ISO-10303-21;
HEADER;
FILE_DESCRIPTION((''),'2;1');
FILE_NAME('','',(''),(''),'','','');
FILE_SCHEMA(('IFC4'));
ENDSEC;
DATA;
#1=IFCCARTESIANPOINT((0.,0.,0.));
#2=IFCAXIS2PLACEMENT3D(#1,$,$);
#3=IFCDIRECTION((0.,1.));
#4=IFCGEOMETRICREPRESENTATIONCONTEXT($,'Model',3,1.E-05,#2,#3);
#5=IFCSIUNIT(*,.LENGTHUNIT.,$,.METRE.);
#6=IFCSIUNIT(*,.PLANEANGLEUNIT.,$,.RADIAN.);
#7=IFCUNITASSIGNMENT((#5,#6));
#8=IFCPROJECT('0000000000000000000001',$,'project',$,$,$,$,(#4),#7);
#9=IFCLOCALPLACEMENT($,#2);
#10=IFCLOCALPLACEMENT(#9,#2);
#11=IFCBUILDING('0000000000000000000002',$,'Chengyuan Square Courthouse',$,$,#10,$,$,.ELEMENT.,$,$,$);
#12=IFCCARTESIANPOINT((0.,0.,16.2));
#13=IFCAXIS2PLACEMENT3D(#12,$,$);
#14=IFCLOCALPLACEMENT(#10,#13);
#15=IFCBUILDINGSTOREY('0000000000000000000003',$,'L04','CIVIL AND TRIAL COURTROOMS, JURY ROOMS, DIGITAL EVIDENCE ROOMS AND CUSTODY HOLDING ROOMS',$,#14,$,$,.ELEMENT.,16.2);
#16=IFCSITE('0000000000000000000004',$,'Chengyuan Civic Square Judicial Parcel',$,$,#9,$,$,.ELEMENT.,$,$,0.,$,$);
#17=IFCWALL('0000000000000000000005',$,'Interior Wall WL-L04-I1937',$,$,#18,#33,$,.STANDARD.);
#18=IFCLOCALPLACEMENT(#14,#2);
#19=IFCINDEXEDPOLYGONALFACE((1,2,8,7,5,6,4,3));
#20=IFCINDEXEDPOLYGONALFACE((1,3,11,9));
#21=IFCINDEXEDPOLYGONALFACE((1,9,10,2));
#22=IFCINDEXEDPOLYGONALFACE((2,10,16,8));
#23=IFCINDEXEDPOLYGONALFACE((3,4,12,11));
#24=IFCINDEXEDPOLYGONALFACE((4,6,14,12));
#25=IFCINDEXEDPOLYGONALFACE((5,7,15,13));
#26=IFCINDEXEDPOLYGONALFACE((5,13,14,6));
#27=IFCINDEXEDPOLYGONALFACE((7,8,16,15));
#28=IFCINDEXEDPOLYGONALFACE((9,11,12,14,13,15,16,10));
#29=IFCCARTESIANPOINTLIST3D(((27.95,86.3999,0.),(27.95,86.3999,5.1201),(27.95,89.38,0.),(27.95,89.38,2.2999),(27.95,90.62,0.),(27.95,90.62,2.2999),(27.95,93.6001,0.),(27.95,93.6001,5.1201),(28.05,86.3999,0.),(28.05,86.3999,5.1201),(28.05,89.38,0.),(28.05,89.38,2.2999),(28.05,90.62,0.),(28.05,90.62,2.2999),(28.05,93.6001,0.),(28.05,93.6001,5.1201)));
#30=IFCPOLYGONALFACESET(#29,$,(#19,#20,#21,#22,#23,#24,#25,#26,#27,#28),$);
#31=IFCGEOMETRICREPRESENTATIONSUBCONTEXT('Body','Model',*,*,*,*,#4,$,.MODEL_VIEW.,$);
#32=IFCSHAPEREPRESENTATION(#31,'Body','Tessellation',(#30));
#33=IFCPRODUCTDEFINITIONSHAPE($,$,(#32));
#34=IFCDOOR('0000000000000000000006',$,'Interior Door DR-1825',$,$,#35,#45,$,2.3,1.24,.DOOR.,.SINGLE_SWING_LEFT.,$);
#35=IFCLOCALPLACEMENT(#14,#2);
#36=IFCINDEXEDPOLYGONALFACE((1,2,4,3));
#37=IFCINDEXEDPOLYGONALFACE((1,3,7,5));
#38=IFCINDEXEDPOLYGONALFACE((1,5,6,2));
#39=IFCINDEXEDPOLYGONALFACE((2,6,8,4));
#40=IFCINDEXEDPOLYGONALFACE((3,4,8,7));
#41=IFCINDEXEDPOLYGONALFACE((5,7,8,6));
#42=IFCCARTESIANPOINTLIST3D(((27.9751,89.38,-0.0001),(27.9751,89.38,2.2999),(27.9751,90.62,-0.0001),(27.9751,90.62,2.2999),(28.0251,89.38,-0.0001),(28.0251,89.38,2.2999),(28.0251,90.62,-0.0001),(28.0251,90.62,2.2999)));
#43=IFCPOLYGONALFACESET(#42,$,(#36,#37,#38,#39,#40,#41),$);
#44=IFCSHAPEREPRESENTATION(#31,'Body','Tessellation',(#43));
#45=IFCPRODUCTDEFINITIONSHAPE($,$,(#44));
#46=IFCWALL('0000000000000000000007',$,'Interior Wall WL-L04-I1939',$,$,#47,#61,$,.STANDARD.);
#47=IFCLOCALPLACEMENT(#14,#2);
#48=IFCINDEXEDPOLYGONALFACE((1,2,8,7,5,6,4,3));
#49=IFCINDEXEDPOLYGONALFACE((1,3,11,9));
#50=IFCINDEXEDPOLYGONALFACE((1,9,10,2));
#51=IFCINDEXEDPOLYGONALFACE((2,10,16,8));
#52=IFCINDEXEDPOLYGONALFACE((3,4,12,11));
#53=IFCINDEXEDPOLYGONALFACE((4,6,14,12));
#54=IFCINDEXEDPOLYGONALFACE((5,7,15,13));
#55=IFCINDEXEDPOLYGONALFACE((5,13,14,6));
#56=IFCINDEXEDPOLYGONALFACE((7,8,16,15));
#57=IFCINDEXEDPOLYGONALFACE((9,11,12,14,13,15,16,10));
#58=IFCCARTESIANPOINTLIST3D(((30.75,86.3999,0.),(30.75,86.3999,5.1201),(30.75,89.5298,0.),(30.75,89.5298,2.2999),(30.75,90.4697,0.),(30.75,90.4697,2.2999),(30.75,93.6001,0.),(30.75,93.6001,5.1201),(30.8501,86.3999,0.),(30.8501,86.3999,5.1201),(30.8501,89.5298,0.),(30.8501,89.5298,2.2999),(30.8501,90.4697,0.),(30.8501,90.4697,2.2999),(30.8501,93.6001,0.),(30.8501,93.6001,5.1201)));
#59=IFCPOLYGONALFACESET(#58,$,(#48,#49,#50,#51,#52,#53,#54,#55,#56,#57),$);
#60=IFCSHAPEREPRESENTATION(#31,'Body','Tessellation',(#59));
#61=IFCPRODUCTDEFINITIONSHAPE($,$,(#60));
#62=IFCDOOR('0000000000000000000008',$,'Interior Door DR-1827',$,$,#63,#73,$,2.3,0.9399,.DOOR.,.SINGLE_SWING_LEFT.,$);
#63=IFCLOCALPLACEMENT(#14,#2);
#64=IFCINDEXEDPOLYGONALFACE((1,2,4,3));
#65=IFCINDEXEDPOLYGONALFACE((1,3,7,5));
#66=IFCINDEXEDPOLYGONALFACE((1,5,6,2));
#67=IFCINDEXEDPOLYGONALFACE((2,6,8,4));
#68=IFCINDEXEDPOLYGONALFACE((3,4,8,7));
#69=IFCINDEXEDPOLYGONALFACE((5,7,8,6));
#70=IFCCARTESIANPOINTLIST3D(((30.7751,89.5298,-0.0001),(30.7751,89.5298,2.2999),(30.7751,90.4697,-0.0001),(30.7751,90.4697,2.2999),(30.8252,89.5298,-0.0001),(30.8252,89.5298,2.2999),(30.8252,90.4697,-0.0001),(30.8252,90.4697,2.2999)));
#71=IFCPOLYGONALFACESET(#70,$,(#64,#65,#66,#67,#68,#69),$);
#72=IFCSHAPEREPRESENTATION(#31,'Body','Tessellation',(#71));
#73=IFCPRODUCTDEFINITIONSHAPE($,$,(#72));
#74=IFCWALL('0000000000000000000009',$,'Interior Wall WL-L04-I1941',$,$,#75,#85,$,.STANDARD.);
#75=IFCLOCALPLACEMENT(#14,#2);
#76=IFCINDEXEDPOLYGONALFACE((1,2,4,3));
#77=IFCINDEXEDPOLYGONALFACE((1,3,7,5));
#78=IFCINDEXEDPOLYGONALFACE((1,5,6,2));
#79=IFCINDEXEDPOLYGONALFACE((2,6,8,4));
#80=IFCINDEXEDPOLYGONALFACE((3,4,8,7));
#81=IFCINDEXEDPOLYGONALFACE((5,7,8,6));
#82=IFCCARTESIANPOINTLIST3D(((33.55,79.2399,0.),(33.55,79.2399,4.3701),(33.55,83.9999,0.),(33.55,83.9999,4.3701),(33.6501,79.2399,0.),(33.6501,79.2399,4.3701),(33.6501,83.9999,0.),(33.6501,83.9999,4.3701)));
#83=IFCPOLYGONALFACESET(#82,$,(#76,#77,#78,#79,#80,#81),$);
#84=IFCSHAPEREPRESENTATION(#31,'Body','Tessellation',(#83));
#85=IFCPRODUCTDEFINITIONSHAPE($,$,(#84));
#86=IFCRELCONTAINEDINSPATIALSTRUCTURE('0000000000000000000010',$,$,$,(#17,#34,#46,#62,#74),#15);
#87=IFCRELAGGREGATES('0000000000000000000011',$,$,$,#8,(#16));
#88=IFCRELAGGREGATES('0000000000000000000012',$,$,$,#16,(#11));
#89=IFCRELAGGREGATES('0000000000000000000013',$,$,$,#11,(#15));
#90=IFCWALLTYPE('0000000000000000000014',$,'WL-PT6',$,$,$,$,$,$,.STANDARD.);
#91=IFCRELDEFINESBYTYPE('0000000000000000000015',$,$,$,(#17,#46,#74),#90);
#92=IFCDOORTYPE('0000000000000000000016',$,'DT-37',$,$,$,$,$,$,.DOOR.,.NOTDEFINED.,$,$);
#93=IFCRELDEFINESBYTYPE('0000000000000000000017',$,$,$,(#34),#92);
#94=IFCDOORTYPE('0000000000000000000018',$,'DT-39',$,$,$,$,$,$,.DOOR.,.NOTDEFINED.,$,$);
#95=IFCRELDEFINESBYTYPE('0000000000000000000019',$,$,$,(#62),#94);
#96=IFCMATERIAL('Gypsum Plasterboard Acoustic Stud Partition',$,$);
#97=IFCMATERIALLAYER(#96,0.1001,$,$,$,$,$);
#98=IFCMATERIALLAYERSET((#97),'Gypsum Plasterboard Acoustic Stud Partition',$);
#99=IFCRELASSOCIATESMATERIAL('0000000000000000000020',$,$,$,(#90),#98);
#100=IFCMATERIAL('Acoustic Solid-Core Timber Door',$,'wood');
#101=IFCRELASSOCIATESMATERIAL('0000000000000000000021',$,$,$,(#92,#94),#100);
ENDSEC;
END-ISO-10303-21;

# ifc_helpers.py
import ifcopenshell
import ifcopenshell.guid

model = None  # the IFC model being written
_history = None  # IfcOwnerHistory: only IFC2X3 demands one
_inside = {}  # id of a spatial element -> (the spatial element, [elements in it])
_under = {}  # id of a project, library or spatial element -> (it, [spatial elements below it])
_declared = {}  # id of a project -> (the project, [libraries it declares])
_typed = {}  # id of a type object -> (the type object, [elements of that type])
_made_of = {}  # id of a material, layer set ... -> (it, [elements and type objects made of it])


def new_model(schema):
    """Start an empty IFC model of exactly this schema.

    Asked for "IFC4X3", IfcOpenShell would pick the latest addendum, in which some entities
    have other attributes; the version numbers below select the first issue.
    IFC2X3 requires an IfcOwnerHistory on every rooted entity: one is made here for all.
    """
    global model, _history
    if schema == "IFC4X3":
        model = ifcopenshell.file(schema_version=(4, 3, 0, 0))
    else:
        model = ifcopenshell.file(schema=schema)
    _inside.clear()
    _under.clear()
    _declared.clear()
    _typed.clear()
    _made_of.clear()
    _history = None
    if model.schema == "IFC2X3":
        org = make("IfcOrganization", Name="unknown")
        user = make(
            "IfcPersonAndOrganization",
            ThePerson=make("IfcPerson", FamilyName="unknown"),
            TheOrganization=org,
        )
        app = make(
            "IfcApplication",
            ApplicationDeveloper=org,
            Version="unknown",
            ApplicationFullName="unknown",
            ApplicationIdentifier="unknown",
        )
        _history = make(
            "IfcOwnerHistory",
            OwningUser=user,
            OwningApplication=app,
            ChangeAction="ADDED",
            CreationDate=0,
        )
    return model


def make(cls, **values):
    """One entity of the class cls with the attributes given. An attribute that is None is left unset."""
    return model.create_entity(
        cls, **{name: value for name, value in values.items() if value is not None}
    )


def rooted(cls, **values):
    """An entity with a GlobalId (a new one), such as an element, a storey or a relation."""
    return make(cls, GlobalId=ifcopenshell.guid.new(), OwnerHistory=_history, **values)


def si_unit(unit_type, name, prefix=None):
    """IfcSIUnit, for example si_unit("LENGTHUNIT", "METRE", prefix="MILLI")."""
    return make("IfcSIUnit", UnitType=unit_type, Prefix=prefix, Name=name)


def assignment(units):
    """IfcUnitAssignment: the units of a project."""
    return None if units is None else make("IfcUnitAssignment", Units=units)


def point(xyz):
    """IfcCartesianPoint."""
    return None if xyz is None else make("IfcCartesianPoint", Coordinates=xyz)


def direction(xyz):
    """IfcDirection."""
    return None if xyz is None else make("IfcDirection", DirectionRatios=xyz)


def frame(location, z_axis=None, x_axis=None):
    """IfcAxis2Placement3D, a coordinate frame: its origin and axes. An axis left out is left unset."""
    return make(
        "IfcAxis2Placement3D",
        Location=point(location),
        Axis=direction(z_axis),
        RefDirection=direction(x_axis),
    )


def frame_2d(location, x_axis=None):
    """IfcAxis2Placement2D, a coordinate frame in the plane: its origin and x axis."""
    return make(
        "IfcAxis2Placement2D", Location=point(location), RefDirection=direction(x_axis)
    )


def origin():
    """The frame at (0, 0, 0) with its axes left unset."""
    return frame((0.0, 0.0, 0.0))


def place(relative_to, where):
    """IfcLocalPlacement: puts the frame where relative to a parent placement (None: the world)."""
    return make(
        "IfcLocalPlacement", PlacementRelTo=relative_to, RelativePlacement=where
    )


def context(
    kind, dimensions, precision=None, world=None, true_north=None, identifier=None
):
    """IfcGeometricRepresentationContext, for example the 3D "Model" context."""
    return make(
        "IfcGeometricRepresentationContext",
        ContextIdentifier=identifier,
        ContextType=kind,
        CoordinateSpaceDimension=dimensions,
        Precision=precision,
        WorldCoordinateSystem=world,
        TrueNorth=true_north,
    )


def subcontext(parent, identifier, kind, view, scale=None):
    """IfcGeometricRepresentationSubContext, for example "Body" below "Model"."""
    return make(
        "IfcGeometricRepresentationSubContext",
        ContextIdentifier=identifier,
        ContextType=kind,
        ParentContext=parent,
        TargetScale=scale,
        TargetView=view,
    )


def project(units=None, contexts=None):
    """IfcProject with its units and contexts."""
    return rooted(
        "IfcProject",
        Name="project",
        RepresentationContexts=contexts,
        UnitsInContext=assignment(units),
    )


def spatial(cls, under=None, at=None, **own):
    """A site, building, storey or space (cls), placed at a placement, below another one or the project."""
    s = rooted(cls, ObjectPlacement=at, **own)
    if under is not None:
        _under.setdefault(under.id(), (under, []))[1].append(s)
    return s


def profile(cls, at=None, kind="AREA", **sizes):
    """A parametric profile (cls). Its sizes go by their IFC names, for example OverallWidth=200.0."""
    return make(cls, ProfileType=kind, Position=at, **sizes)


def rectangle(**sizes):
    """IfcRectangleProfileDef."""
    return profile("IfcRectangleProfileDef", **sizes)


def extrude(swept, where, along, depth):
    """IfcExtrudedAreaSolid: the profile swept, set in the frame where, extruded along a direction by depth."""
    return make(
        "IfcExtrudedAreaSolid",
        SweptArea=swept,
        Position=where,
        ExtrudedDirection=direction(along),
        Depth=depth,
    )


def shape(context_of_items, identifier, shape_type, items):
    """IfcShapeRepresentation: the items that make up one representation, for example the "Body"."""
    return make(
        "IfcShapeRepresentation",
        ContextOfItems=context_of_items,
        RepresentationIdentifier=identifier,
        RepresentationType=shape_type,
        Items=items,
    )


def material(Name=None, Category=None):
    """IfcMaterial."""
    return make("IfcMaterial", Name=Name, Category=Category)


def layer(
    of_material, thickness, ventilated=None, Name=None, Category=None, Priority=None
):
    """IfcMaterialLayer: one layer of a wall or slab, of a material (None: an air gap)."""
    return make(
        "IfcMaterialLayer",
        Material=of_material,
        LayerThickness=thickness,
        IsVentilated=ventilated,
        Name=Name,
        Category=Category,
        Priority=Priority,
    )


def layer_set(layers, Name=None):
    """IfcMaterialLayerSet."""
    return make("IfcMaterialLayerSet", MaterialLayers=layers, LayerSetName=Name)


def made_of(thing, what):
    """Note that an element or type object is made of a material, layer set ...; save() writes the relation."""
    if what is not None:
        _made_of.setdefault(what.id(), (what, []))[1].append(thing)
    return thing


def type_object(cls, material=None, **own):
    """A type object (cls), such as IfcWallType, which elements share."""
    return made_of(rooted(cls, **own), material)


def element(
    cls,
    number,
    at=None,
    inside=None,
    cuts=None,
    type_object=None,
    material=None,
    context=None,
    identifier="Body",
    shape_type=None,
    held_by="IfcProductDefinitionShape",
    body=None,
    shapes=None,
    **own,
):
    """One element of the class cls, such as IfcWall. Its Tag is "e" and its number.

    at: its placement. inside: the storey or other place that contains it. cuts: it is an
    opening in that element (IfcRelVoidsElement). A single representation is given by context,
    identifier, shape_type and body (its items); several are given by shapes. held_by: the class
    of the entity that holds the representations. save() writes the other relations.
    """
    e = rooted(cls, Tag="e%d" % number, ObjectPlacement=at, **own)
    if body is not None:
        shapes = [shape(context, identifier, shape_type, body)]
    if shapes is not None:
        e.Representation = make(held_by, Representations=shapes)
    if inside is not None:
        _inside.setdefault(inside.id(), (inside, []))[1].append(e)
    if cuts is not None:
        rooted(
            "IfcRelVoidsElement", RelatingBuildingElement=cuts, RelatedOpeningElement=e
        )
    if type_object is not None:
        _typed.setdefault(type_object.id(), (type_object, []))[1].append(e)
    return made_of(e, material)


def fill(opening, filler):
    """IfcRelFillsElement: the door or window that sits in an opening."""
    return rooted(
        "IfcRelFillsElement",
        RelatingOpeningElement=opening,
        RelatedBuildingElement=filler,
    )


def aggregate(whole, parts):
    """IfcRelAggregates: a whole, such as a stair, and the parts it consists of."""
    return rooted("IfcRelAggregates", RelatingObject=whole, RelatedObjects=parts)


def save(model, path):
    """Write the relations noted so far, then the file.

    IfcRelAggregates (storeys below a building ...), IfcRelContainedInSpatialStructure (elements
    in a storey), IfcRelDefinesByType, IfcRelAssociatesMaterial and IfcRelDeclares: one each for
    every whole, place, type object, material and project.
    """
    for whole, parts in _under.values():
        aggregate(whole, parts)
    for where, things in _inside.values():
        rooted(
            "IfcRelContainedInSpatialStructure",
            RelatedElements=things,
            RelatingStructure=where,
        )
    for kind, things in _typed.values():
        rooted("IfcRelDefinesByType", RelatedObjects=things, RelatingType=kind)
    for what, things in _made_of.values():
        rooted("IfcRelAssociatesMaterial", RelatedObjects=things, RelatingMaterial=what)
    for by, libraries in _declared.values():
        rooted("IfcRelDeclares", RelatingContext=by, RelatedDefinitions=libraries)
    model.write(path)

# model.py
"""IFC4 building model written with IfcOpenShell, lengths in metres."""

from ifc_helpers import new_model, si_unit, direction, frame, frame_2d, origin, place, context, subcontext, project, spatial, rectangle, extrude, material, layer, layer_set, type_object, element, fill, save


model = new_model("IFC4")

# Units and contexts
model_context = context("Model", 3, precision=1e-05, world=origin(), true_north=direction((0.0, 1.0)))
body_context = subcontext(model_context, "Body", "Model", "MODEL_VIEW")
ifc_project = project(units=[si_unit("LENGTHUNIT", "METRE"), si_unit("PLANEANGLEUNIT", "RADIAN")], contexts=[model_context])

# Site, building, storey
site_placement = place(None, origin())
site = spatial("IfcSite", under=ifc_project, at=site_placement, Name="Chengyuan Civic Square Judicial Parcel", CompositionType="ELEMENT", RefElevation=0.0)
building_placement = place(site_placement, origin())
building = spatial("IfcBuilding", under=site, at=building_placement, Name="Chengyuan Square Courthouse", CompositionType="ELEMENT")
storey_placement = place(building_placement, frame((0.0, 0.0, 16.2)))
storey = spatial("IfcBuildingStorey", under=building, at=storey_placement, Name="L04", Description="CIVIL AND TRIAL COURTROOMS, JURY ROOMS, DIGITAL EVIDENCE ROOMS AND CUSTODY HOLDING ROOMS", CompositionType="ELEMENT", Elevation=16.2)

# Shared definitions
ifc_material_1 = material(Name="Gypsum Plasterboard Acoustic Stud Partition")
ifc_layer_1 = layer(ifc_material_1, 0.1001)
ifc_layer_set_1 = layer_set([ifc_layer_1], Name="Gypsum Plasterboard Acoustic Stud Partition")
wall_type_1 = type_object("IfcWallType", Name="WL-PT6", PredefinedType="STANDARD", material=ifc_layer_set_1)
ifc_material_2 = material(Name="Acoustic Solid-Core Timber Door", Category="wood")

# Walls, openings, doors
wall_1_placement = place(storey_placement, frame((28.0, 86.3999, 0.0), z_axis=(0.0, 0.0, 1.0), x_axis=(0.0, 1.0, 0.0)))
wall_1 = element("IfcWall", 1, at=wall_1_placement, inside=storey, type_object=wall_type_1, Name="Interior Wall WL-L04-I1937", PredefinedType="STANDARD", context=body_context, shape_type="SweptSolid", body=[
    extrude(rectangle(XDim=7.2002, YDim=0.1001, at=frame_2d((3.6001, 0.0))), origin(), (0.0, 0.0, 1.0), 5.1201),
])
opening_1_placement = place(wall_1_placement, frame((2.98, 0.0, 0.0)))
opening_1 = element("IfcOpeningElement", 2, at=opening_1_placement, cuts=wall_1, PredefinedType="OPENING", context=body_context, shape_type="SweptSolid", body=[
    extrude(rectangle(XDim=1.24, YDim=2.3, at=frame_2d((0.6201, 1.1499))), frame((0.0, 0.062, 0.0), z_axis=(0.0, -1.0, 0.0), x_axis=(1.0, 0.0, 0.0)), (0.0, 0.0, 1.0), 0.124),
])
door_type_1 = type_object("IfcDoorType", Name="DT-37", OperationType="NOTDEFINED", PredefinedType="DOOR", material=ifc_material_2)
door_1_placement = place(opening_1_placement, origin())
door_1 = element("IfcDoor", 3, at=door_1_placement, inside=storey, type_object=door_type_1, Name="Interior Door DR-1825", OperationType="SINGLE_SWING_LEFT", OverallHeight=2.3, OverallWidth=1.24, PredefinedType="DOOR", context=body_context, shape_type="SweptSolid", body=[
    extrude(rectangle(XDim=1.24, YDim=2.3, at=frame_2d((0.6201, 1.1499))), frame((0.0, 0.0249, 0.0), z_axis=(0.0, -1.0, 0.0), x_axis=(1.0, 0.0, 0.0)), (0.0, 0.0, 1.0), 0.05),
])
fill(opening_1, door_1)
wall_2_placement = place(storey_placement, frame((30.8, 86.3999, 0.0), z_axis=(0.0, 0.0, 1.0), x_axis=(0.0, 1.0, 0.0)))
wall_2 = element("IfcWall", 4, at=wall_2_placement, inside=storey, type_object=wall_type_1, Name="Interior Wall WL-L04-I1939", PredefinedType="STANDARD", context=body_context, shape_type="SweptSolid", body=[
    extrude(rectangle(XDim=7.2002, YDim=0.1001, at=frame_2d((3.6001, 0.0))), origin(), (0.0, 0.0, 1.0), 5.1201),
])
opening_2_placement = place(wall_2_placement, frame((3.1299, 0.0, 0.0)))
opening_2 = element("IfcOpeningElement", 5, at=opening_2_placement, cuts=wall_2, PredefinedType="OPENING", context=body_context, shape_type="SweptSolid", body=[
    extrude(rectangle(XDim=0.9399, YDim=2.3, at=frame_2d((0.47, 1.1499))), frame((0.0, 0.062, 0.0), z_axis=(0.0, -1.0, 0.0), x_axis=(1.0, 0.0, 0.0)), (0.0, 0.0, 1.0), 0.124),
])
door_type_2 = type_object("IfcDoorType", Name="DT-39", OperationType="NOTDEFINED", PredefinedType="DOOR", material=ifc_material_2)
door_2_placement = place(opening_2_placement, origin())
door_2 = element("IfcDoor", 6, at=door_2_placement, inside=storey, type_object=door_type_2, Name="Interior Door DR-1827", OperationType="SINGLE_SWING_LEFT", OverallHeight=2.3, OverallWidth=0.9399, PredefinedType="DOOR", context=body_context, shape_type="SweptSolid", body=[
    extrude(rectangle(XDim=0.9399, YDim=2.3, at=frame_2d((0.47, 1.1499))), frame((0.0, 0.0249, 0.0), z_axis=(0.0, -1.0, 0.0), x_axis=(1.0, 0.0, 0.0)), (0.0, 0.0, 1.0), 0.05),
])
fill(opening_2, door_2)

# Wall
wall_3_placement = place(storey_placement, frame((33.6001, 79.24, 0.0), z_axis=(0.0, 0.0, 1.0), x_axis=(0.0, 1.0, 0.0)))
element("IfcWall", 7, at=wall_3_placement, inside=storey, type_object=wall_type_1, Name="Interior Wall WL-L04-I1941", PredefinedType="STANDARD", context=body_context, shape_type="SweptSolid", body=[
    extrude(rectangle(XDim=4.76, YDim=0.1001, at=frame_2d((2.3799, 0.0))), origin(), (0.0, 0.0, 1.0), 4.3701),
])

save(model, "model.ifc")
